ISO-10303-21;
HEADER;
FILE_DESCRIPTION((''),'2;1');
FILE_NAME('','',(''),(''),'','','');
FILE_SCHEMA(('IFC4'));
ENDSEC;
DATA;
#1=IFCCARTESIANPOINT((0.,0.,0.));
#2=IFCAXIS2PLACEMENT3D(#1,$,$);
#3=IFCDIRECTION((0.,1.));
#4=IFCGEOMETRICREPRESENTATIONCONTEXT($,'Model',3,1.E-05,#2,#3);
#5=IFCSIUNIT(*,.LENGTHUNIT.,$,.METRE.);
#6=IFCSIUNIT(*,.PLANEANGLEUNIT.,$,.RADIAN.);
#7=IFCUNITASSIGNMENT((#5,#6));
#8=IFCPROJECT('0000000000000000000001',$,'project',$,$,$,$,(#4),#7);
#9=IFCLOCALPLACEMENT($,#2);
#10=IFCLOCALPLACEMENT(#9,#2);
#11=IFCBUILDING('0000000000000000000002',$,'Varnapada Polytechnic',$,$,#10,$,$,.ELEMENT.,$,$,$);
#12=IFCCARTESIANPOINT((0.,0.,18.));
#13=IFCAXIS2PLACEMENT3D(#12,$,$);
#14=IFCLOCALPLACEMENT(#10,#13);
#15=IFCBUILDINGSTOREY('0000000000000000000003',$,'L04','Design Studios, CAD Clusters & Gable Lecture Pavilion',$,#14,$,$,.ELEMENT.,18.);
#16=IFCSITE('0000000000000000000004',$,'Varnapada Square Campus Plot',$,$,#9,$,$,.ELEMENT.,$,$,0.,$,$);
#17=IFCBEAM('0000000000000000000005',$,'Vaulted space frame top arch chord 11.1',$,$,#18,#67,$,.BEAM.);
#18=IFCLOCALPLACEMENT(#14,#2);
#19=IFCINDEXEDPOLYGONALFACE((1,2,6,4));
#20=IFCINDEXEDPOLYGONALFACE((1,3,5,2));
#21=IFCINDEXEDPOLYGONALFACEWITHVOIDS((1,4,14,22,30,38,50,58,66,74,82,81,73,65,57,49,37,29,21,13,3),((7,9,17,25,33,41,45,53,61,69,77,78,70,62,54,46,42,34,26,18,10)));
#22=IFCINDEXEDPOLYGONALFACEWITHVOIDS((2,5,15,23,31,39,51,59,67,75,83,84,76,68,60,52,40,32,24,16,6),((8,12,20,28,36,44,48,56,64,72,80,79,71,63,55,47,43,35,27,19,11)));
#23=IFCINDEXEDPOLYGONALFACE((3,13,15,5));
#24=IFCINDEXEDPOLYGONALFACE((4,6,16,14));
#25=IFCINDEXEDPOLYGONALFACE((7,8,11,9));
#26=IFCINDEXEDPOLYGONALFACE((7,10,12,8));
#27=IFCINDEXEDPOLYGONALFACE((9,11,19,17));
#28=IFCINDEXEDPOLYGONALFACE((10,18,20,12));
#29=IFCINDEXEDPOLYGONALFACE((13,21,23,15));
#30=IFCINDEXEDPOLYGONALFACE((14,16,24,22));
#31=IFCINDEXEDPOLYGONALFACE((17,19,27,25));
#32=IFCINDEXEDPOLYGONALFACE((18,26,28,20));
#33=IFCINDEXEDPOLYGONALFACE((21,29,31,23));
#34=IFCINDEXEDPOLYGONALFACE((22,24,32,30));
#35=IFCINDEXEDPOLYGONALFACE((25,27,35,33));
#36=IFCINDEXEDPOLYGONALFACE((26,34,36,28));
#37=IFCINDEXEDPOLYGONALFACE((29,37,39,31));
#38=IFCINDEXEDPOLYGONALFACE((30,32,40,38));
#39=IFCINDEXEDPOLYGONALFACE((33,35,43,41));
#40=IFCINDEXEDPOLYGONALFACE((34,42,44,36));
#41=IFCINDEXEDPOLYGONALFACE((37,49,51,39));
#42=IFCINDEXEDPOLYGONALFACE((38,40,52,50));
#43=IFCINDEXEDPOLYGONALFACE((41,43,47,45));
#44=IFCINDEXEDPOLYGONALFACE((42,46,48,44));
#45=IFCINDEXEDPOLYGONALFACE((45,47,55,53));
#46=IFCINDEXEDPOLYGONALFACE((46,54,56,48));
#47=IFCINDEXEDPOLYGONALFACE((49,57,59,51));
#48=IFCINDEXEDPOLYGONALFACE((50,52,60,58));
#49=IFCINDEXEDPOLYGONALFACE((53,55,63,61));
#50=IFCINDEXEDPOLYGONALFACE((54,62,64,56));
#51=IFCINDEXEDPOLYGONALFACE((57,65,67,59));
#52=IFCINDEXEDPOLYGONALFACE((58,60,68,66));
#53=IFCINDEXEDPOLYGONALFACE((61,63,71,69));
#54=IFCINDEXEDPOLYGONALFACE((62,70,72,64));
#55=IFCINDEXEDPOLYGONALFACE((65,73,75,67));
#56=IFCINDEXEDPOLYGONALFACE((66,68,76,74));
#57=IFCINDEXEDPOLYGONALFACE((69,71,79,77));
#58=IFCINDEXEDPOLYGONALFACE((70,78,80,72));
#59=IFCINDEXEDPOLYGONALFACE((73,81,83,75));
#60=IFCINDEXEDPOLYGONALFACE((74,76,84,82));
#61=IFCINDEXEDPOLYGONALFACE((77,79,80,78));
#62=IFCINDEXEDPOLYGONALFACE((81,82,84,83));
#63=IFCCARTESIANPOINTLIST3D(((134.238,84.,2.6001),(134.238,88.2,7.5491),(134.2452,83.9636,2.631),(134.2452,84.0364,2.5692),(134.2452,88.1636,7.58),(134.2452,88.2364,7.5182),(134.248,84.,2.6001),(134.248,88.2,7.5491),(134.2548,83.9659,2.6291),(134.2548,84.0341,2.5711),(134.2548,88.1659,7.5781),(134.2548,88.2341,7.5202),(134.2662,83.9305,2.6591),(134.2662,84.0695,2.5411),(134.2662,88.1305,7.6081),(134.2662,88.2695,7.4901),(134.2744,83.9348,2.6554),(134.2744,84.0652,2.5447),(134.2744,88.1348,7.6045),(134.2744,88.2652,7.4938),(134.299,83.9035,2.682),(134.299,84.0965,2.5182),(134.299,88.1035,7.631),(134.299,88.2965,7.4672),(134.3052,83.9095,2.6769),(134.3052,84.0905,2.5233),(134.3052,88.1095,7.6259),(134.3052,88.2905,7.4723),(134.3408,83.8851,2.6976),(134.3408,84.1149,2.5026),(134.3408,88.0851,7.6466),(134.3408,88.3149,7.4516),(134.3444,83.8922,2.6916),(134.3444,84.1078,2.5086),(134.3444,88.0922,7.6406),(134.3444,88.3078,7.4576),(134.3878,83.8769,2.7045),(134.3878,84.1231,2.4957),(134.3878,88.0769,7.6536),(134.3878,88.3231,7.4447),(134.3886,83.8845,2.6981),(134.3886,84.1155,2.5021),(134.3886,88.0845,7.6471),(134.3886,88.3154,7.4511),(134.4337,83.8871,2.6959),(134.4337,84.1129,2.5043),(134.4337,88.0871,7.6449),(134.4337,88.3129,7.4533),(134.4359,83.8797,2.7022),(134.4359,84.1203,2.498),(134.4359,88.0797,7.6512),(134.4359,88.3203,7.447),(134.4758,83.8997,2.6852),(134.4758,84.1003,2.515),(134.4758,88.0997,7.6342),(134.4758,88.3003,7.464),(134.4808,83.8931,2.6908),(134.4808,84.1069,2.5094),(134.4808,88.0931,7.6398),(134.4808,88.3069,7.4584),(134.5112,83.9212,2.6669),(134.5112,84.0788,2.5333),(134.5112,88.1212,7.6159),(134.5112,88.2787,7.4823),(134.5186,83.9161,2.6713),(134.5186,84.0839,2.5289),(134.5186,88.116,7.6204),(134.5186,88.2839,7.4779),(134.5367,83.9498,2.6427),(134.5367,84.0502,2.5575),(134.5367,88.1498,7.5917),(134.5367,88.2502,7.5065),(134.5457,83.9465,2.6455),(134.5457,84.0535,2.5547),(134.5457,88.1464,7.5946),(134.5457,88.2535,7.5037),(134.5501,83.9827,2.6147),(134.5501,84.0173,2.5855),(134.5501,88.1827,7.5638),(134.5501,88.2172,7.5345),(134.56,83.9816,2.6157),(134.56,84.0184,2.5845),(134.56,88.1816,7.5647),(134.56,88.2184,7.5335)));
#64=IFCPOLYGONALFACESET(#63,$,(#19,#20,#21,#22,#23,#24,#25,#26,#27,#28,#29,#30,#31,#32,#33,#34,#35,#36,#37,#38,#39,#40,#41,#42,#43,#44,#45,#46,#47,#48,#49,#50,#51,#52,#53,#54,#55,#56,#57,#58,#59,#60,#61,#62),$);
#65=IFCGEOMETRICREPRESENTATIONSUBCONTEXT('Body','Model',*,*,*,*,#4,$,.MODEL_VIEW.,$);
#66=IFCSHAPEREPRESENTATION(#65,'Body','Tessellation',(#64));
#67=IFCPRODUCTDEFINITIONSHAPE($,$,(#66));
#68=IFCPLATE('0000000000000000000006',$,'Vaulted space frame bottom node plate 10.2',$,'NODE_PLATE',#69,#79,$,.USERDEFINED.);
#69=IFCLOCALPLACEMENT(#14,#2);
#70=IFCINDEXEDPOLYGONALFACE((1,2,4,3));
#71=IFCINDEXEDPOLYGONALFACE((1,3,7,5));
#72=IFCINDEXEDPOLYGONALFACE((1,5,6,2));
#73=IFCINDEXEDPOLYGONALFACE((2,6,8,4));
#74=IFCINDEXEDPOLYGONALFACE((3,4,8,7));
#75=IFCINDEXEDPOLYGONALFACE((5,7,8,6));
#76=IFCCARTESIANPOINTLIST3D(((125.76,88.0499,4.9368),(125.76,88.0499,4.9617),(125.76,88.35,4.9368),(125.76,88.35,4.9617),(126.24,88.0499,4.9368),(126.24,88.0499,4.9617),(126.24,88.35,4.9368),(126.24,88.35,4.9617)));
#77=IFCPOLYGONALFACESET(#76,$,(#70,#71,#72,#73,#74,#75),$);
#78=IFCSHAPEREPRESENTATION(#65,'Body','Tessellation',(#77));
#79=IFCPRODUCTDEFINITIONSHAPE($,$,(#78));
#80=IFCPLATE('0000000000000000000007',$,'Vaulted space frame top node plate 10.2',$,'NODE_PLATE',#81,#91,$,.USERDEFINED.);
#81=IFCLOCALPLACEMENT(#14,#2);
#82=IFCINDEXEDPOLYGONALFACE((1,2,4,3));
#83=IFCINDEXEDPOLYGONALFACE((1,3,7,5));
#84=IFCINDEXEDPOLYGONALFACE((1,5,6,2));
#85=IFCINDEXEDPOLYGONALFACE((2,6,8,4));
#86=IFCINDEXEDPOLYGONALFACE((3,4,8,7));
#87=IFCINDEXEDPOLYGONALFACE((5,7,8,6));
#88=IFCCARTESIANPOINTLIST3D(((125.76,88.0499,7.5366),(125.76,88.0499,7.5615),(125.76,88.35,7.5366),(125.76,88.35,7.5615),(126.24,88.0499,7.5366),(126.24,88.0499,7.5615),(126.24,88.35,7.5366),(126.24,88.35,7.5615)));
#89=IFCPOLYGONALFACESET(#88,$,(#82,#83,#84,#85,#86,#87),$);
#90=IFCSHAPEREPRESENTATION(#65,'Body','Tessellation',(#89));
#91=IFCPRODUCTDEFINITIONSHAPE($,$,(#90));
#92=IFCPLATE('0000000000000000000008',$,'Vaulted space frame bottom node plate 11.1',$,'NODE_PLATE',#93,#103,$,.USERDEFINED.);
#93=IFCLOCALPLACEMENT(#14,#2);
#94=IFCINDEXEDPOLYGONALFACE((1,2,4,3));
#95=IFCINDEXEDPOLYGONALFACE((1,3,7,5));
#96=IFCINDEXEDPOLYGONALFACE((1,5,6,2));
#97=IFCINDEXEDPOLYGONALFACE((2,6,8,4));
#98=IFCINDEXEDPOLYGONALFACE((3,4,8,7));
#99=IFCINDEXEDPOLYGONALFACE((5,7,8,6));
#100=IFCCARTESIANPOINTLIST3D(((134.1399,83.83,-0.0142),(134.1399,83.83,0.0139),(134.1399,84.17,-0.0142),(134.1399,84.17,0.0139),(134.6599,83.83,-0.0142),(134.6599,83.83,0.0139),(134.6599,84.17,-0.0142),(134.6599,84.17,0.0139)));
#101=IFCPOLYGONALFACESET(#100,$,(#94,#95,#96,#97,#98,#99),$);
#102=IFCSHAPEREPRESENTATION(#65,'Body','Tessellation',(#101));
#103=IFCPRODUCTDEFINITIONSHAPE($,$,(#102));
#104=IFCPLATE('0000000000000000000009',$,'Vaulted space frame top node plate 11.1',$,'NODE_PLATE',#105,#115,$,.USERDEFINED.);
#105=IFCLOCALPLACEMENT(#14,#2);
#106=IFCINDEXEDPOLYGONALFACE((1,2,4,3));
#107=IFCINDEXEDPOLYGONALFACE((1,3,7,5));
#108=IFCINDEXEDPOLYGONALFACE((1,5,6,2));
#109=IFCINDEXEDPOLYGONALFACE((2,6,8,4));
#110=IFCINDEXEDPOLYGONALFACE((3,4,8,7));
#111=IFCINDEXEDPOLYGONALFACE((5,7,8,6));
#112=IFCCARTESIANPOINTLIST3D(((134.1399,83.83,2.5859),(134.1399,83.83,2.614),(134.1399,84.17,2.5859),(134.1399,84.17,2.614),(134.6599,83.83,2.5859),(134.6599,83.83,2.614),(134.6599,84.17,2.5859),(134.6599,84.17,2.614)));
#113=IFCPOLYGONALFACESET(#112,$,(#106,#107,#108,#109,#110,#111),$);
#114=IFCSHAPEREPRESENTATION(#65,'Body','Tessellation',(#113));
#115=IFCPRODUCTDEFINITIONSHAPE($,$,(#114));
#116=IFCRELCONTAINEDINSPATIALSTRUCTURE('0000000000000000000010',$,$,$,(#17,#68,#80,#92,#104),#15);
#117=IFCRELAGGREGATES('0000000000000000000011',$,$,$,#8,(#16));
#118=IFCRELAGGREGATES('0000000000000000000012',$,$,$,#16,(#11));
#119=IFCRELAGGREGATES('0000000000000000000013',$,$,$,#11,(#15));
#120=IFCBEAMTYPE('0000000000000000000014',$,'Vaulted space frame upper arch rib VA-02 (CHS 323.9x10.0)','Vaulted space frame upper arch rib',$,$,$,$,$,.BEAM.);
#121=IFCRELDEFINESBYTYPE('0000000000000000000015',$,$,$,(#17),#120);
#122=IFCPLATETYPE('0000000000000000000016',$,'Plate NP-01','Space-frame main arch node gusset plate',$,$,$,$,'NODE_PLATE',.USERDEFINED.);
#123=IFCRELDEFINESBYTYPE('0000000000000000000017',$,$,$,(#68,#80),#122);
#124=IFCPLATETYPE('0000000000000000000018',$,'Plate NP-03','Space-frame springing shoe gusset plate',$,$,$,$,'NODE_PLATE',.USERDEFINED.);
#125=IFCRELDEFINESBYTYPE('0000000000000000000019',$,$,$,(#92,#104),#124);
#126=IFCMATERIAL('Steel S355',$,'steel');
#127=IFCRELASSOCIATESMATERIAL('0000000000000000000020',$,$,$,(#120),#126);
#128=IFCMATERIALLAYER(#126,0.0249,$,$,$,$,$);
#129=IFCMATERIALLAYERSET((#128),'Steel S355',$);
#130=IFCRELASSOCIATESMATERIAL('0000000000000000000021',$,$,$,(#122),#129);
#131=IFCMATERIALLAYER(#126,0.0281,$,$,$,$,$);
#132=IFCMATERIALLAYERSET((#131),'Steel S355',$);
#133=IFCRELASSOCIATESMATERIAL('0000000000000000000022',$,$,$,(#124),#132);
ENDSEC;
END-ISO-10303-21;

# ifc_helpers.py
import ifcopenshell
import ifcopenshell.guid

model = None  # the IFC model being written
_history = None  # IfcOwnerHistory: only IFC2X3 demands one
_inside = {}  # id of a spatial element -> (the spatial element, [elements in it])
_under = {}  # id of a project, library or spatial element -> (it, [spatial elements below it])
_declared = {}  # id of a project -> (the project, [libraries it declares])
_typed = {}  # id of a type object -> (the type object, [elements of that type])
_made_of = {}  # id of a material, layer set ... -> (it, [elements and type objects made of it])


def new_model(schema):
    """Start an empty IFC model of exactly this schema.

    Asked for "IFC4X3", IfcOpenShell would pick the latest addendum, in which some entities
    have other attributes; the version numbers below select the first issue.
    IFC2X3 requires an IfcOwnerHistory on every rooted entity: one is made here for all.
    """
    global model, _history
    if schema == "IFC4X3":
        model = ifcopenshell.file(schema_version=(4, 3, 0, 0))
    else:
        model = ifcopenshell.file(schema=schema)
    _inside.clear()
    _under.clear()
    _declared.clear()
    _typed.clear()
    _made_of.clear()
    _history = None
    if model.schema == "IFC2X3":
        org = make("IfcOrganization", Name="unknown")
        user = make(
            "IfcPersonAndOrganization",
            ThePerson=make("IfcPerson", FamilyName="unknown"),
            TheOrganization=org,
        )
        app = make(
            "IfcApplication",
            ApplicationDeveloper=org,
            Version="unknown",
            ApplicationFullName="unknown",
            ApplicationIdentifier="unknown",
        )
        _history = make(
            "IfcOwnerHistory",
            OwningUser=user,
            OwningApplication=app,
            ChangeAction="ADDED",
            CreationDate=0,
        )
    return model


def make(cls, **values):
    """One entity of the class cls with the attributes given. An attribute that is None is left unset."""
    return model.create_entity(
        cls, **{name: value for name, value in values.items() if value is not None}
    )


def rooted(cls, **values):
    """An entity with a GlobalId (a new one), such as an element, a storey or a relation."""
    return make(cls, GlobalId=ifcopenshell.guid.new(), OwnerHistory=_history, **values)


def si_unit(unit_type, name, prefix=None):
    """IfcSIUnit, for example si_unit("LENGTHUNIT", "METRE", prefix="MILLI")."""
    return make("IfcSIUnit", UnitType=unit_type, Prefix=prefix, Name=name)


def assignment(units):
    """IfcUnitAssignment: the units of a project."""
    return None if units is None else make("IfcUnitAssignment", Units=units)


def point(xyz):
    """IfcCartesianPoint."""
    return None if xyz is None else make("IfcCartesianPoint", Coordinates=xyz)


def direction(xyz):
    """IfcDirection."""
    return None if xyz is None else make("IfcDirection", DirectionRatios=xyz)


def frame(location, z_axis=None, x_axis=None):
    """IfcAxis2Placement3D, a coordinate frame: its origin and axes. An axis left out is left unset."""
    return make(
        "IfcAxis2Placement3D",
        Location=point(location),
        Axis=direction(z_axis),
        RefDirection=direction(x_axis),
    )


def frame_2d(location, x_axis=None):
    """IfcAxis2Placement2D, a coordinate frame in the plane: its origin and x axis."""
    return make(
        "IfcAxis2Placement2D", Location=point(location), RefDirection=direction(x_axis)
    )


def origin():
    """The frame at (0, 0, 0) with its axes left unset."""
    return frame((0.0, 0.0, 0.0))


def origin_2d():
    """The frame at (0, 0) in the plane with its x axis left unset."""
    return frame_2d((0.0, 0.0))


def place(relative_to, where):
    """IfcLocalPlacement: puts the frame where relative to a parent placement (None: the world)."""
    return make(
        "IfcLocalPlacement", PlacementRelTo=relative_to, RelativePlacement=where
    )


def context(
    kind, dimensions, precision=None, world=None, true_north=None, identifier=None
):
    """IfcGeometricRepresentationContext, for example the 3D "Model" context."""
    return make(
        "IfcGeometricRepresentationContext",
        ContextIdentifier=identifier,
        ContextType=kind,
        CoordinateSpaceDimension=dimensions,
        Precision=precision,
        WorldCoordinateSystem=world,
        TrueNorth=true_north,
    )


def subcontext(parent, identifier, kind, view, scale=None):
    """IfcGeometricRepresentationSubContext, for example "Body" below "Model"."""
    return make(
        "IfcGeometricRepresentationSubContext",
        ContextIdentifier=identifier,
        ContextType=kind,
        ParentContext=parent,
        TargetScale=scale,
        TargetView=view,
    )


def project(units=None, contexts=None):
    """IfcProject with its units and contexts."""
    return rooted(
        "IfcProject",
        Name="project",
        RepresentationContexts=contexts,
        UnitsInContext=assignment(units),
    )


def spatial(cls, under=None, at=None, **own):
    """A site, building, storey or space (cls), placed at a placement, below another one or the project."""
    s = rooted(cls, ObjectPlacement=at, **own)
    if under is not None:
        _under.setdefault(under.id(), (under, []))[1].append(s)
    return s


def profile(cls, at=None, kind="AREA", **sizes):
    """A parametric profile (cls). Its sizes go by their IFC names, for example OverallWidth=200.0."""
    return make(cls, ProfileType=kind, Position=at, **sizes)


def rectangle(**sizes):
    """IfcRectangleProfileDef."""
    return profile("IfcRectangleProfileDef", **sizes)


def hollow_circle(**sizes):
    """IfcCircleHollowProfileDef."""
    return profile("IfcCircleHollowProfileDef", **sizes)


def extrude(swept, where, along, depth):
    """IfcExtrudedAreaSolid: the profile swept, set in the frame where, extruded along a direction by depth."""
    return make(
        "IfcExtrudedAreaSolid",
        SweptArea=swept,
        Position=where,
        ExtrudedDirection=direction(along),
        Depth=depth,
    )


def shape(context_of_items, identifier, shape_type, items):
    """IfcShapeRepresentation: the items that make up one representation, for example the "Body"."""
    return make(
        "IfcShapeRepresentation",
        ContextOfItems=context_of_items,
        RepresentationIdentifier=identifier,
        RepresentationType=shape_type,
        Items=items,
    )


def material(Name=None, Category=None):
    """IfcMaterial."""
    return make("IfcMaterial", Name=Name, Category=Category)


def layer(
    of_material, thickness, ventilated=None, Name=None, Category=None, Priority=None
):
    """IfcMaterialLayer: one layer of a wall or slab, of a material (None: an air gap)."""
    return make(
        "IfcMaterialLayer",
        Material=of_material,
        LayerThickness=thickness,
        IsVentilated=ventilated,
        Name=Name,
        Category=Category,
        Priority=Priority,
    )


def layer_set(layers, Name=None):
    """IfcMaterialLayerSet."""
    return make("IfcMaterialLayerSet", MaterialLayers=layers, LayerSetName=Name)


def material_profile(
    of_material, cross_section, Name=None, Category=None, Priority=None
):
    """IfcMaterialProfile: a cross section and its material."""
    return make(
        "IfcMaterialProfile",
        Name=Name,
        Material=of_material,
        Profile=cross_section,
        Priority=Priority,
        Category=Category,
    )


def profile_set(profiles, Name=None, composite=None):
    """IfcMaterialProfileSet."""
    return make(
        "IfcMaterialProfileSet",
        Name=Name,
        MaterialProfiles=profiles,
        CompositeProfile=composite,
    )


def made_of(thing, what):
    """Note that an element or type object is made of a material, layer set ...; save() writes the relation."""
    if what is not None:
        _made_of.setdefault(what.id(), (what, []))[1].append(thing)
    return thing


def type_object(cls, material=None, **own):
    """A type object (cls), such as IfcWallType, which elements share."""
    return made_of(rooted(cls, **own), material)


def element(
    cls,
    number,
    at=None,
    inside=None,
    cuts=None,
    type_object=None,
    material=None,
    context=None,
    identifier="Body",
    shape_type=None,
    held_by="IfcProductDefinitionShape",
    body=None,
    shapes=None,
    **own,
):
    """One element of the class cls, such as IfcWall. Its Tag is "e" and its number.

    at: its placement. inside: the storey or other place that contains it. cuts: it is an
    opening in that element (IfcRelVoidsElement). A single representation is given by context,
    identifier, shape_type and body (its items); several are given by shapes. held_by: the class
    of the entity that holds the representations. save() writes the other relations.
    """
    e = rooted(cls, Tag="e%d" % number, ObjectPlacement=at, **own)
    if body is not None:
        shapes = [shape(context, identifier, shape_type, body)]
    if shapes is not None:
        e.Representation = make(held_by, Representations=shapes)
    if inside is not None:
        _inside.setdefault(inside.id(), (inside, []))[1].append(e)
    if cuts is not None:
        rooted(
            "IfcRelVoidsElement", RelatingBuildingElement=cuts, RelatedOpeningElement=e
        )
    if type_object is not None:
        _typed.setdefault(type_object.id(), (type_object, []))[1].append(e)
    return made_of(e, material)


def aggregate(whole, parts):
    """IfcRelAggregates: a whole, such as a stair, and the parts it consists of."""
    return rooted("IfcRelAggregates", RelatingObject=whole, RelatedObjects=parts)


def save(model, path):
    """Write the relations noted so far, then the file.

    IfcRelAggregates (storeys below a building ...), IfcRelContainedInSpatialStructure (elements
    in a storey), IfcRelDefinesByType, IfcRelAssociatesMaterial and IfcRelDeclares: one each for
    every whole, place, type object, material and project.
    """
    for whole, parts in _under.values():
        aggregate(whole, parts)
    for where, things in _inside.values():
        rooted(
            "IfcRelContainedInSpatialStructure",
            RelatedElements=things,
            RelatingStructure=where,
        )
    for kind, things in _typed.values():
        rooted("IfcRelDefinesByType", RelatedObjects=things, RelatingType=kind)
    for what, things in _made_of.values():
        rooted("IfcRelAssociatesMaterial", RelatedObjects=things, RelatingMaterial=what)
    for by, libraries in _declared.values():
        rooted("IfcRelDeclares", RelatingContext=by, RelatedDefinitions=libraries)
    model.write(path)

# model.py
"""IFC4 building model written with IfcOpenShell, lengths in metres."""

from ifc_helpers import new_model, si_unit, direction, frame, origin, origin_2d, place, context, subcontext, project, spatial, rectangle, hollow_circle, extrude, material, layer, layer_set, material_profile, profile_set, type_object, element, save


model = new_model("IFC4")

# Units and contexts
model_context = context("Model", 3, precision=1e-05, world=origin(), true_north=direction((0.0, 1.0)))
body_context = subcontext(model_context, "Body", "Model", "MODEL_VIEW")
ifc_project = project(units=[si_unit("LENGTHUNIT", "METRE"), si_unit("PLANEANGLEUNIT", "RADIAN")], contexts=[model_context])

# Site, building, storey
site_placement = place(None, origin())
site = spatial("IfcSite", under=ifc_project, at=site_placement, Name="Varnapada Square Campus Plot", CompositionType="ELEMENT", RefElevation=0.0)
building_placement = place(site_placement, origin())
building = spatial("IfcBuilding", under=site, at=building_placement, Name="Varnapada Polytechnic", CompositionType="ELEMENT")
storey_placement = place(building_placement, frame((0.0, 0.0, 18.0)))
storey = spatial("IfcBuildingStorey", under=building, at=storey_placement, Name="L04", Description="Design Studios, CAD Clusters & Gable Lecture Pavilion", CompositionType="ELEMENT", Elevation=18.0)

# Shared definitions
ifc_material_1 = material(Name="Steel S355", Category="steel")

# Beam
ifc_material_profile_1 = material_profile(ifc_material_1, hollow_circle(Radius=0.1619, WallThickness=0.01, at=origin_2d()), Name="CHS 323.9x10.0")
ifc_profile_set_1 = profile_set([ifc_material_profile_1], Name="Steel S355")
beam_type_1 = type_object("IfcBeamType", Name="Vaulted space frame upper arch rib VA-02 (CHS 323.9x10.0)", Description="Vaulted space frame upper arch rib", PredefinedType="BEAM", material=ifc_profile_set_1)
beam_1_placement = place(storey_placement, frame((134.3999, 84.0, 2.6001), z_axis=(0.0, 0.647051, 0.762447), x_axis=(-1.0, 0.0, 0.0)))
element("IfcBeam", 1, at=beam_1_placement, inside=storey, type_object=beam_type_1, Name="Vaulted space frame top arch chord 11.1", PredefinedType="BEAM", context=body_context, shape_type="SweptSolid", body=[
    extrude(hollow_circle(Radius=0.1619, WallThickness=0.01, at=origin_2d()), origin(), (0.0, 0.0, 1.0), 6.491),
])

# Plates
ifc_layer_1 = layer(ifc_material_1, 0.0249)
ifc_layer_set_1 = layer_set([ifc_layer_1], Name="Steel S355")
plate_type_1 = type_object("IfcPlateType", Name="Plate NP-01", Description="Space-frame main arch node gusset plate", ElementType="NODE_PLATE", PredefinedType="USERDEFINED", material=ifc_layer_set_1)
for number, where, z_axis, x_axis, name in (
    (2, (126.0, 88.2, 4.9368), (0.0, 0.0, 1.0), (1.0, 0.0, 0.0), "Vaulted space frame bottom node plate 10.2"),
    (3, (126.0, 88.2, 7.5366), (0.0, 0.0, 1.0), (1.0, 0.0, 0.0), "Vaulted space frame top node plate 10.2"),
):
    element("IfcPlate", number, at=place(storey_placement, frame(where, z_axis=z_axis, x_axis=x_axis)), inside=storey, type_object=plate_type_1, Name=name, ObjectType="NODE_PLATE", PredefinedType="USERDEFINED", context=body_context, shape_type="SweptSolid", body=[
        extrude(rectangle(XDim=0.48, YDim=0.3, at=origin_2d()), origin(), (0.0, 0.0, 1.0), 0.0249),
    ])
ifc_layer_2 = layer(ifc_material_1, 0.0281)
ifc_layer_set_2 = layer_set([ifc_layer_2], Name="Steel S355")
plate_type_2 = type_object("IfcPlateType", Name="Plate NP-03", Description="Space-frame springing shoe gusset plate", ElementType="NODE_PLATE", PredefinedType="USERDEFINED", material=ifc_layer_set_2)
for number, where, z_axis, x_axis, name in (
    (4, (134.3999, 84.0, -0.0142), (0.0, 0.0, 1.0), (1.0, 0.0, 0.0), "Vaulted space frame bottom node plate 11.1"),
    (5, (134.3999, 84.0, 2.5859), (0.0, 0.0, 1.0), (1.0, 0.0, 0.0), "Vaulted space frame top node plate 11.1"),
):
    element("IfcPlate", number, at=place(storey_placement, frame(where, z_axis=z_axis, x_axis=x_axis)), inside=storey, type_object=plate_type_2, Name=name, ObjectType="NODE_PLATE", PredefinedType="USERDEFINED", context=body_context, shape_type="SweptSolid", body=[
        extrude(rectangle(XDim=0.52, YDim=0.3401, at=origin_2d()), origin(), (0.0, 0.0, 1.0), 0.0281),
    ])

save(model, "model.ifc")
